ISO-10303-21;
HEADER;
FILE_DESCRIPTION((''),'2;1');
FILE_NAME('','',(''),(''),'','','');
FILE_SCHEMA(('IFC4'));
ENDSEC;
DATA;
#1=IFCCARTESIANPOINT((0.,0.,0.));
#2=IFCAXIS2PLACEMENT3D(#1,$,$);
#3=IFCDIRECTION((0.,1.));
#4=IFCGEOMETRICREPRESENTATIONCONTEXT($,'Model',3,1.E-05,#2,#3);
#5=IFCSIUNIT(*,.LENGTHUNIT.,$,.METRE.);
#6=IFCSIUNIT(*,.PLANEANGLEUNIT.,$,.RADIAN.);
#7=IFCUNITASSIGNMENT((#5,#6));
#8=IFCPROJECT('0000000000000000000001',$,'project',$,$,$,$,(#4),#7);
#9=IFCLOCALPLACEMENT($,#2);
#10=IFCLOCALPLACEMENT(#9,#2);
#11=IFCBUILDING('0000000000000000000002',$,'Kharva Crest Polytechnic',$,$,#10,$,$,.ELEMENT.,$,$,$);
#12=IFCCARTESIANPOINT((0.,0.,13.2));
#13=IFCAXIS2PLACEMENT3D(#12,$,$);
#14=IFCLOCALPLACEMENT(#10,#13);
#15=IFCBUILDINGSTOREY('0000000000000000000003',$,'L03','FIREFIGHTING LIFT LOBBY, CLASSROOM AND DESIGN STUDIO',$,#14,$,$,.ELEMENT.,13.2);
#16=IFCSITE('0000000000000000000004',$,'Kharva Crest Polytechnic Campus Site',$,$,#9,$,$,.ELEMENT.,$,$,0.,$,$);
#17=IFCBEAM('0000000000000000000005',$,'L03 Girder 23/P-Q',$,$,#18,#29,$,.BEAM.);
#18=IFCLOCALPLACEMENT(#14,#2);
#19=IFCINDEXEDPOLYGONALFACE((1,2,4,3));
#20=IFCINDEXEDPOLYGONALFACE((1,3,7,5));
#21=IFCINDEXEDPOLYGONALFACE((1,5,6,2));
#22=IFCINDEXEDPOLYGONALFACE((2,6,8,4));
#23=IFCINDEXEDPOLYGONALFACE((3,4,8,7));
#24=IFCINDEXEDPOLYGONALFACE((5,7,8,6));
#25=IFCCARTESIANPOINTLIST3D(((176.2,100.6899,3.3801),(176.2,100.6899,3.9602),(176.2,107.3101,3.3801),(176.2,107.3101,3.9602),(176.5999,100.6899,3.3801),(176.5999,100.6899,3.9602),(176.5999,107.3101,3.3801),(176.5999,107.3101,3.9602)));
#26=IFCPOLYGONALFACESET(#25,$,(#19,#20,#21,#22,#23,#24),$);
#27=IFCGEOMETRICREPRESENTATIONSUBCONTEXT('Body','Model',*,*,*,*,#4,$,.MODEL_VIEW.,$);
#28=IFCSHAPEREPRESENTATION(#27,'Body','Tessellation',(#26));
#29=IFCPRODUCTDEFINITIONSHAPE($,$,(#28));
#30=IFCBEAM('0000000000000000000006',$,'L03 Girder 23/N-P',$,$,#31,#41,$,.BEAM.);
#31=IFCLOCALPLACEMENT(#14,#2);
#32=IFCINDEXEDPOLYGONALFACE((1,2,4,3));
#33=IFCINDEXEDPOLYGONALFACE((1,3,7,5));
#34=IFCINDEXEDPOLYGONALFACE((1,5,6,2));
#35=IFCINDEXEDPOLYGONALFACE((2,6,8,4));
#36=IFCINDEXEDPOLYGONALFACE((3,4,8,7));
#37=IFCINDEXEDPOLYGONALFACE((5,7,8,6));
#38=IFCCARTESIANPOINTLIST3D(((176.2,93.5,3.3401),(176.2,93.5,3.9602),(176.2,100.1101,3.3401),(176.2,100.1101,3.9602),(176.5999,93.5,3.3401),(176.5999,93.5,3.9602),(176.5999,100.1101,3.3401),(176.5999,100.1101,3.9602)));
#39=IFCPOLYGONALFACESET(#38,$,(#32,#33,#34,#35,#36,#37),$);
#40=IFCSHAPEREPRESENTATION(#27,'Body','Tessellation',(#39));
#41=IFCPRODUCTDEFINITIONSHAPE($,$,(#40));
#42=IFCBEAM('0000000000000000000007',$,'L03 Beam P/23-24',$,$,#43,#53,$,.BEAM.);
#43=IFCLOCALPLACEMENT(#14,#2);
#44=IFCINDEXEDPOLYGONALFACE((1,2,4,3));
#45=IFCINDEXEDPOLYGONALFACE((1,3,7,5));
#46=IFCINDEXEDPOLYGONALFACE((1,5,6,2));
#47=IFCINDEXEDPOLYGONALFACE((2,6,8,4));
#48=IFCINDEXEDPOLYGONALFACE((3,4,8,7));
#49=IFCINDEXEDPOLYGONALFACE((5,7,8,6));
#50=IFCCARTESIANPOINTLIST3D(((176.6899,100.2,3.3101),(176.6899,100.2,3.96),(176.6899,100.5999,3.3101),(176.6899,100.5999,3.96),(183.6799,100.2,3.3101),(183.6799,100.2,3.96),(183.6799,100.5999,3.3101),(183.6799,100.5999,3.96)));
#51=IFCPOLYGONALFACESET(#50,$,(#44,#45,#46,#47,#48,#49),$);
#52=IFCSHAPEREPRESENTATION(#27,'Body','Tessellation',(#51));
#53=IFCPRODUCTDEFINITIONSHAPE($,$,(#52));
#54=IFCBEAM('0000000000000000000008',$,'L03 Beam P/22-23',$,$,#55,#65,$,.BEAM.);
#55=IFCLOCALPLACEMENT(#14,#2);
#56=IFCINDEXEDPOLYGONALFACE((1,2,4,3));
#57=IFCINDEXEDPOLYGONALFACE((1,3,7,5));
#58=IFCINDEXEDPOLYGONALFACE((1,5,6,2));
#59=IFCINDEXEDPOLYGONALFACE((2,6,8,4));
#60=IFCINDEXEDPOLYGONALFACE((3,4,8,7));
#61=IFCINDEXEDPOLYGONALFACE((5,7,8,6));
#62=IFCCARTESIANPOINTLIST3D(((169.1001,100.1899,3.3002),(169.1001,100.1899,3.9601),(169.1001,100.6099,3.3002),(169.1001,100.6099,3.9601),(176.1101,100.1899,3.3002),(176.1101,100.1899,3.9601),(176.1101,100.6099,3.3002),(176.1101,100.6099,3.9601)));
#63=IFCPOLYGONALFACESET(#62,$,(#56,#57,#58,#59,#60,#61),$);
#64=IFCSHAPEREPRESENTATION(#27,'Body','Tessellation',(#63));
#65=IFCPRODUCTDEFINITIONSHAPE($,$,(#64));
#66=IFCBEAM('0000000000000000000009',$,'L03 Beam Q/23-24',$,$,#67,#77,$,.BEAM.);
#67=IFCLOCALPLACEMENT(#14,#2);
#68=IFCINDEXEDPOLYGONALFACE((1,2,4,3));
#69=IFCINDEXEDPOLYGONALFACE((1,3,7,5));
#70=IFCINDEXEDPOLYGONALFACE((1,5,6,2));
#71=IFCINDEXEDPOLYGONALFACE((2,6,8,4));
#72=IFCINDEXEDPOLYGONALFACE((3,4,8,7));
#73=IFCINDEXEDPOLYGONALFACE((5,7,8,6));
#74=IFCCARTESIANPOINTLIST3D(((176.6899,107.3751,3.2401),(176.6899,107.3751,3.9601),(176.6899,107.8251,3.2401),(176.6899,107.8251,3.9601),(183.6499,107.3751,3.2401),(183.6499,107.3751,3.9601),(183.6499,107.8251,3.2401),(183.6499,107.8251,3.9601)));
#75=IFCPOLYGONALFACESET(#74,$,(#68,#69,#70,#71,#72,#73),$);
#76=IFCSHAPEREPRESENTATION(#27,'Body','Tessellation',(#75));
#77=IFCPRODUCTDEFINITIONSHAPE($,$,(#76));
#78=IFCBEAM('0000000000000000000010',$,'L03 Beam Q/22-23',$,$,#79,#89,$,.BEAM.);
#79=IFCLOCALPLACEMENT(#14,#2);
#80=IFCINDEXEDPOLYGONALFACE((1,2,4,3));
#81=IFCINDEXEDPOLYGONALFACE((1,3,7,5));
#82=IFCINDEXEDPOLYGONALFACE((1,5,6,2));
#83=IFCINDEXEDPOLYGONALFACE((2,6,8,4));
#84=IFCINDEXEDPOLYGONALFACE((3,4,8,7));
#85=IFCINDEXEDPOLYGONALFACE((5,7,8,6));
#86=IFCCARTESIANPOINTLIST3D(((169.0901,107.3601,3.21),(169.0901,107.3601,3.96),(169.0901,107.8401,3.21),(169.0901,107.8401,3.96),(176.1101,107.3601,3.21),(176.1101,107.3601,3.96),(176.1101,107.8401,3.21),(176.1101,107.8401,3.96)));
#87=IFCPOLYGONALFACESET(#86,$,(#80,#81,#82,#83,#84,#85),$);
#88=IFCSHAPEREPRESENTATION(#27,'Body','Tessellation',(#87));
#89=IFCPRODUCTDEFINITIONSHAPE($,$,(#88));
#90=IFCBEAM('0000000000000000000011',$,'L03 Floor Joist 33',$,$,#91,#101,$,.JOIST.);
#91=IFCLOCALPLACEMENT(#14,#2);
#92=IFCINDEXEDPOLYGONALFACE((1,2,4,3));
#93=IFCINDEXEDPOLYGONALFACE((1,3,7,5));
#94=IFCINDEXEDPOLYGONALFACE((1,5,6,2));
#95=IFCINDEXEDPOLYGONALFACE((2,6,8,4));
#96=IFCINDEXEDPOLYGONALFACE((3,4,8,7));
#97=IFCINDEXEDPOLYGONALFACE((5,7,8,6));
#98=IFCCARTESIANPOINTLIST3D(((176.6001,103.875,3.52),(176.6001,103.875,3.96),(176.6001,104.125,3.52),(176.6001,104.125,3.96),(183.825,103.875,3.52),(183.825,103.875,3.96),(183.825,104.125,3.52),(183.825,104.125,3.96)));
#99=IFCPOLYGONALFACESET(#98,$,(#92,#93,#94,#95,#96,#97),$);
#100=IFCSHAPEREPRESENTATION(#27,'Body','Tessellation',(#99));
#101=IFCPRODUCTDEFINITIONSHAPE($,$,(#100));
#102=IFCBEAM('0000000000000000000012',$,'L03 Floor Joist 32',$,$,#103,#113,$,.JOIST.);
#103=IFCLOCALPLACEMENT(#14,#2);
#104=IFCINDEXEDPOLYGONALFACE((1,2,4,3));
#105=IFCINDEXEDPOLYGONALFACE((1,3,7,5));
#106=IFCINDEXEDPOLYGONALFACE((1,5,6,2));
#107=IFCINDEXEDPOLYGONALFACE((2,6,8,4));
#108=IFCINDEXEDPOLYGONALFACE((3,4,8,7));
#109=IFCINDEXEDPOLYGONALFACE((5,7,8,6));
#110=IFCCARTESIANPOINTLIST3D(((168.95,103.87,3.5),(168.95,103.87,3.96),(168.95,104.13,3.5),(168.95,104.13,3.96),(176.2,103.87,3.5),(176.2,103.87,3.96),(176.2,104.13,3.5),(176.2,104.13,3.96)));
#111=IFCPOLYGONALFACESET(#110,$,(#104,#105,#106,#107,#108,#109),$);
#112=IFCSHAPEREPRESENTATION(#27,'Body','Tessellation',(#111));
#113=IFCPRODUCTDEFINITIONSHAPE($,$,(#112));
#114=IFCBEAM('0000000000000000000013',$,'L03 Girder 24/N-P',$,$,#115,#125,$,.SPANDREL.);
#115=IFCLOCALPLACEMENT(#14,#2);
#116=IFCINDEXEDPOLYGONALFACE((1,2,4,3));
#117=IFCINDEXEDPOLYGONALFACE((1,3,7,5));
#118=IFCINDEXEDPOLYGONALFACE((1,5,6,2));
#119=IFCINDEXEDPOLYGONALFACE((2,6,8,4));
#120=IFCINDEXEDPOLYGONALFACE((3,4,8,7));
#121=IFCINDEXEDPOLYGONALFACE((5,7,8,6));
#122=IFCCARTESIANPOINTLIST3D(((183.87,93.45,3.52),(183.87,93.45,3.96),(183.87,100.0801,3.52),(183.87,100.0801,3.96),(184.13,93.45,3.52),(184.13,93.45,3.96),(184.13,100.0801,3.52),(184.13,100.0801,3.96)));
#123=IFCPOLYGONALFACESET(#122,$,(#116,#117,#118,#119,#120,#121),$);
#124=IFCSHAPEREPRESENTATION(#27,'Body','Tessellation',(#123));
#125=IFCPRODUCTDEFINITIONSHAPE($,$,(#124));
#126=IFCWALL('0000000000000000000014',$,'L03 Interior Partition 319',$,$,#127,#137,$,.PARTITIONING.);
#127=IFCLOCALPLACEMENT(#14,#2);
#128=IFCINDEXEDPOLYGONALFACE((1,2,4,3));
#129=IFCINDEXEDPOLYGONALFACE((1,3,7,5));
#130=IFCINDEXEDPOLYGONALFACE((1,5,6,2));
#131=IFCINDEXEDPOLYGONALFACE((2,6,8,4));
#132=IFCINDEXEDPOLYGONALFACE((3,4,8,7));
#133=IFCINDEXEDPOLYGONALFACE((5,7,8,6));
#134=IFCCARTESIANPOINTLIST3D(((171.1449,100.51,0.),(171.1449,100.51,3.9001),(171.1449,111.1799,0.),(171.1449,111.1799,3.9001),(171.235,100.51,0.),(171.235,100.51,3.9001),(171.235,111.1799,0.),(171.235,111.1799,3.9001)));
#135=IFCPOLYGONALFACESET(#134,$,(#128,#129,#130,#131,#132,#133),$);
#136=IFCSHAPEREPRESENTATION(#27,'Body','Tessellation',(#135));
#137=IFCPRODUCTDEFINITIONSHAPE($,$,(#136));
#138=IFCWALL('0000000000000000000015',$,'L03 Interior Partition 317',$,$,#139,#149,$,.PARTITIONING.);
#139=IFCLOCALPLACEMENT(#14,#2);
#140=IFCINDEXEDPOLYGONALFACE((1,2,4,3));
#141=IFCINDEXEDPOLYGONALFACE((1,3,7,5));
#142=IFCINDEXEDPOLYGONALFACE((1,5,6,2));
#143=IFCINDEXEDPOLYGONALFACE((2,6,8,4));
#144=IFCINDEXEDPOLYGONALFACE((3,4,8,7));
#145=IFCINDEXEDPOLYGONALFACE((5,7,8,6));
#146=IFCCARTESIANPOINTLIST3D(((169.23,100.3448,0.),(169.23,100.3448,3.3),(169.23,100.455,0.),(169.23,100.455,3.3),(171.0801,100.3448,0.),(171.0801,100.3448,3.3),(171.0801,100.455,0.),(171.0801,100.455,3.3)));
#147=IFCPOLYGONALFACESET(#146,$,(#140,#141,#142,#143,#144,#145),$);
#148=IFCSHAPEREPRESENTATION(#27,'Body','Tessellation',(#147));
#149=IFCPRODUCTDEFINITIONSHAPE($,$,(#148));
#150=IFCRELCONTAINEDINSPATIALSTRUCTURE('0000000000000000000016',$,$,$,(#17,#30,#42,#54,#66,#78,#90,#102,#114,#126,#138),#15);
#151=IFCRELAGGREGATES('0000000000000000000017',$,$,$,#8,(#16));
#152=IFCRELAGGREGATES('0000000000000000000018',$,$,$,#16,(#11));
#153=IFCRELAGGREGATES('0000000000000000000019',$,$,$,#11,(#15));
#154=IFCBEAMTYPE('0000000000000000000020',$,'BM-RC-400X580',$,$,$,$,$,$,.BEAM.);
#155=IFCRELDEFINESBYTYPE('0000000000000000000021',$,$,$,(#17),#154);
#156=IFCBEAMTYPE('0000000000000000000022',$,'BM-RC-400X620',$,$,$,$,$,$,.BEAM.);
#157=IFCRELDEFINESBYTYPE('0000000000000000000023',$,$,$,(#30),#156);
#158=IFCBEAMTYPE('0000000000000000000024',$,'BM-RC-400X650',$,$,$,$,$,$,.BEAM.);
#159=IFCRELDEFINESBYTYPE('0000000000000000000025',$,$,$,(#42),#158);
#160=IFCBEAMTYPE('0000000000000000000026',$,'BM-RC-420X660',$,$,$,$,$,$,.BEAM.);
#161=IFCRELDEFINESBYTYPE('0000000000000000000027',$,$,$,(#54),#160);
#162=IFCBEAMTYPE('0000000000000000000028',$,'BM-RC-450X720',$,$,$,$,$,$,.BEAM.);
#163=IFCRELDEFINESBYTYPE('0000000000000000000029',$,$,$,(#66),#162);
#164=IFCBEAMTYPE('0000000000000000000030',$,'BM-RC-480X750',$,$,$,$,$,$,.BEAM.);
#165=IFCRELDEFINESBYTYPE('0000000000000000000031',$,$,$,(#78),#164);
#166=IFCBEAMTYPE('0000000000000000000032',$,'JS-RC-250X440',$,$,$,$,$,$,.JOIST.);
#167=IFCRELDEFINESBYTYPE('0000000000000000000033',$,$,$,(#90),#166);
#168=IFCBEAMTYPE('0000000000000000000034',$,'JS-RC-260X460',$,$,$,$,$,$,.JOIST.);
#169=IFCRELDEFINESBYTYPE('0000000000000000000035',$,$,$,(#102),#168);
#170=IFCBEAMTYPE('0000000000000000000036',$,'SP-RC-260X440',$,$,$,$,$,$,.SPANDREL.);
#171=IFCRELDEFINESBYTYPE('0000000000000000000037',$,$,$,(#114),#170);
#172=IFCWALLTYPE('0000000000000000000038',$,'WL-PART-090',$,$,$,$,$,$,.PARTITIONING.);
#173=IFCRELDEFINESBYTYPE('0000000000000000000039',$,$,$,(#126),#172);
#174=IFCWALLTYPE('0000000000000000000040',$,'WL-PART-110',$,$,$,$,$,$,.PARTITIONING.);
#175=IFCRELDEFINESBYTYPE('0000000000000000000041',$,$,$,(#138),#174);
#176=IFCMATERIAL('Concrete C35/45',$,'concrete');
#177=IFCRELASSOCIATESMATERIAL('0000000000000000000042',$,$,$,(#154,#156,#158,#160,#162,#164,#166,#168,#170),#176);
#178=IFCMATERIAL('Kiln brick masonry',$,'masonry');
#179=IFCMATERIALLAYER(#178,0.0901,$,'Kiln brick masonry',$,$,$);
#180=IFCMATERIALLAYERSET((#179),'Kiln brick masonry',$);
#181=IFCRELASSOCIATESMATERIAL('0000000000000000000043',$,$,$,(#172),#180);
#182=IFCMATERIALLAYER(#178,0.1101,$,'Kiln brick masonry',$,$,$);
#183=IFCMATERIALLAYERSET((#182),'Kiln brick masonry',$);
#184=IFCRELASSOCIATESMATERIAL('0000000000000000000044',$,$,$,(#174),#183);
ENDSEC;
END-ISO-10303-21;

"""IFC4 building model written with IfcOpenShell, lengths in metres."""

from ifc_helpers import new_model, si_unit, direction, frame, frame_2d, origin, origin_2d, place, context, subcontext, project, spatial, rectangle, extrude, material, layer, layer_set, material_profile, profile_set, type_object, element, save


model = new_model("IFC4")

# Units and contexts
model_context = context("Model", 3, precision=1e-05, world=origin(), true_north=direction((0.0, 1.0)))
body_context = subcontext(model_context, "Body", "Model", "MODEL_VIEW")
ifc_project = project(units=[si_unit("LENGTHUNIT", "METRE"), si_unit("PLANEANGLEUNIT", "RADIAN")], contexts=[model_context])

# Site, building, storey
site_placement = place(None, origin())
site = spatial("IfcSite", under=ifc_project, at=site_placement, Name="Kharva Crest Polytechnic Campus Site", CompositionType="ELEMENT", RefElevation=0.0)
building_placement = place(site_placement, origin())
building = spatial("IfcBuilding", under=site, at=building_placement, Name="Kharva Crest Polytechnic", CompositionType="ELEMENT")
storey_placement = place(building_placement, frame((0.0, 0.0, 13.2)))
storey = spatial("IfcBuildingStorey", under=building, at=storey_placement, Name="L03", Description="FIREFIGHTING LIFT LOBBY, CLASSROOM AND DESIGN STUDIO", CompositionType="ELEMENT", Elevation=13.2)

# Beams
ifc_material_1 = material(Name="Concrete C35/45", Category="concrete")
ifc_material_profile_1 = material_profile(ifc_material_1, rectangle(XDim=0.3999, YDim=0.5801, at=origin_2d()), Name="RECT 400 X 580")
ifc_profile_set_1 = profile_set([ifc_material_profile_1], Name="Concrete C35/45")
beam_type_1 = type_object("IfcBeamType", Name="BM-RC-400X580", PredefinedType="BEAM", material=ifc_profile_set_1)
beam_1_placement = place(storey_placement, frame((176.3999, 100.6899, 3.6702), z_axis=(0.0, 1.0, 0.0), x_axis=(-1.0, 0.0, 0.0)))
element("IfcBeam", 1, at=beam_1_placement, inside=storey, type_object=beam_type_1, Name="L03 Girder 23/P-Q", PredefinedType="BEAM", context=body_context, shape_type="SweptSolid", body=[
    extrude(rectangle(XDim=0.3999, YDim=0.5801, at=origin_2d()), origin(), (0.0, 0.0, 1.0), 6.6201),
])
ifc_material_profile_2 = material_profile(ifc_material_1, rectangle(XDim=0.3999, YDim=0.6201, at=origin_2d()), Name="RECT 400 X 620")
ifc_profile_set_2 = profile_set([ifc_material_profile_2], Name="Concrete C35/45")
beam_type_2 = type_object("IfcBeamType", Name="BM-RC-400X620", PredefinedType="BEAM", material=ifc_profile_set_2)
beam_2_placement = place(storey_placement, frame((176.3999, 93.5, 3.6501), z_axis=(0.0, 1.0, 0.0), x_axis=(-1.0, 0.0, 0.0)))
element("IfcBeam", 2, at=beam_2_placement, inside=storey, type_object=beam_type_2, Name="L03 Girder 23/N-P", PredefinedType="BEAM", context=body_context, shape_type="SweptSolid", body=[
    extrude(rectangle(XDim=0.3999, YDim=0.6201, at=origin_2d()), origin(), (0.0, 0.0, 1.0), 6.6101),
])
ifc_material_profile_3 = material_profile(ifc_material_1, rectangle(XDim=0.3999, YDim=0.6499, at=origin_2d()), Name="RECT 400 X 650")
ifc_profile_set_3 = profile_set([ifc_material_profile_3], Name="Concrete C35/45")
beam_type_3 = type_object("IfcBeamType", Name="BM-RC-400X650", PredefinedType="BEAM", material=ifc_profile_set_3)
beam_3_placement = place(storey_placement, frame((176.6899, 100.3999, 3.635), z_axis=(1.0, 0.0, 0.0), x_axis=(0.0, 1.0, 0.0)))
element("IfcBeam", 3, at=beam_3_placement, inside=storey, type_object=beam_type_3, Name="L03 Beam P/23-24", PredefinedType="BEAM", context=body_context, shape_type="SweptSolid", body=[
    extrude(rectangle(XDim=0.3999, YDim=0.6499, at=origin_2d()), origin(), (0.0, 0.0, 1.0), 6.99),
])
ifc_material_profile_4 = material_profile(ifc_material_1, rectangle(XDim=0.4199, YDim=0.6599, at=origin_2d()), Name="RECT 420 X 660")
ifc_profile_set_4 = profile_set([ifc_material_profile_4], Name="Concrete C35/45")
beam_type_4 = type_object("IfcBeamType", Name="BM-RC-420X660", PredefinedType="BEAM", material=ifc_profile_set_4)
beam_4_placement = place(storey_placement, frame((169.1001, 100.3999, 3.6301), z_axis=(1.0, 0.0, 0.0), x_axis=(0.0, 1.0, 0.0)))
element("IfcBeam", 4, at=beam_4_placement, inside=storey, type_object=beam_type_4, Name="L03 Beam P/22-23", PredefinedType="BEAM", context=body_context, shape_type="SweptSolid", body=[
    extrude(rectangle(XDim=0.4199, YDim=0.6599, at=origin_2d()), origin(), (0.0, 0.0, 1.0), 7.01),
])
ifc_material_profile_5 = material_profile(ifc_material_1, rectangle(XDim=0.45, YDim=0.72, at=origin_2d()), Name="RECT 450 X 720")
ifc_profile_set_5 = profile_set([ifc_material_profile_5], Name="Concrete C35/45")
beam_type_5 = type_object("IfcBeamType", Name="BM-RC-450X720", PredefinedType="BEAM", material=ifc_profile_set_5)
beam_5_placement = place(storey_placement, frame((176.6899, 107.6001, 3.6001), z_axis=(1.0, 0.0, 0.0), x_axis=(0.0, 1.0, 0.0)))
element("IfcBeam", 5, at=beam_5_placement, inside=storey, type_object=beam_type_5, Name="L03 Beam Q/23-24", PredefinedType="BEAM", context=body_context, shape_type="SweptSolid", body=[
    extrude(rectangle(XDim=0.45, YDim=0.72, at=origin_2d()), origin(), (0.0, 0.0, 1.0), 6.96),
])
ifc_material_profile_6 = material_profile(ifc_material_1, rectangle(XDim=0.48, YDim=0.75, at=origin_2d()), Name="RECT 480 X 750")
ifc_profile_set_6 = profile_set([ifc_material_profile_6], Name="Concrete C35/45")
beam_type_6 = type_object("IfcBeamType", Name="BM-RC-480X750", PredefinedType="BEAM", material=ifc_profile_set_6)
beam_6_placement = place(storey_placement, frame((169.0901, 107.6001, 3.585), z_axis=(1.0, 0.0, 0.0), x_axis=(0.0, 1.0, 0.0)))
element("IfcBeam", 6, at=beam_6_placement, inside=storey, type_object=beam_type_6, Name="L03 Beam Q/22-23", PredefinedType="BEAM", context=body_context, shape_type="SweptSolid", body=[
    extrude(rectangle(XDim=0.48, YDim=0.75, at=origin_2d()), origin(), (0.0, 0.0, 1.0), 7.02),
])
ifc_material_profile_7 = material_profile(ifc_material_1, rectangle(XDim=0.25, YDim=0.4399, at=origin_2d()), Name="RECT 250 X 440")
ifc_profile_set_7 = profile_set([ifc_material_profile_7], Name="Concrete C35/45")
beam_type_7 = type_object("IfcBeamType", Name="JS-RC-250X440", PredefinedType="JOIST", material=ifc_profile_set_7)
beam_7_placement = place(storey_placement, frame((176.6001, 104.0, 3.74), z_axis=(1.0, 0.0, 0.0), x_axis=(0.0, 1.0, 0.0)))
element("IfcBeam", 7, at=beam_7_placement, inside=storey, type_object=beam_type_7, Name="L03 Floor Joist 33", PredefinedType="JOIST", context=body_context, shape_type="SweptSolid", body=[
    extrude(rectangle(XDim=0.25, YDim=0.4399, at=origin_2d()), origin(), (0.0, 0.0, 1.0), 7.2249),
])
ifc_material_profile_8 = material_profile(ifc_material_1, rectangle(XDim=0.26, YDim=0.46, at=origin_2d()), Name="RECT 260 X 460")
ifc_profile_set_8 = profile_set([ifc_material_profile_8], Name="Concrete C35/45")
beam_type_8 = type_object("IfcBeamType", Name="JS-RC-260X460", PredefinedType="JOIST", material=ifc_profile_set_8)
beam_8_placement = place(storey_placement, frame((168.95, 104.0, 3.73), z_axis=(1.0, 0.0, 0.0), x_axis=(0.0, 1.0, 0.0)))
element("IfcBeam", 8, at=beam_8_placement, inside=storey, type_object=beam_type_8, Name="L03 Floor Joist 32", PredefinedType="JOIST", context=body_context, shape_type="SweptSolid", body=[
    extrude(rectangle(XDim=0.26, YDim=0.46, at=origin_2d()), origin(), (0.0, 0.0, 1.0), 7.25),
])
ifc_material_profile_9 = material_profile(ifc_material_1, rectangle(XDim=0.26, YDim=0.4399, at=origin_2d()), Name="RECT 260 X 440")
ifc_profile_set_9 = profile_set([ifc_material_profile_9], Name="Concrete C35/45")
beam_type_9 = type_object("IfcBeamType", Name="SP-RC-260X440", PredefinedType="SPANDREL", material=ifc_profile_set_9)
beam_9_placement = place(storey_placement, frame((184.0, 93.45, 3.74), z_axis=(0.0, 1.0, 0.0), x_axis=(-1.0, 0.0, 0.0)))
element("IfcBeam", 9, at=beam_9_placement, inside=storey, type_object=beam_type_9, Name="L03 Girder 24/N-P", PredefinedType="SPANDREL", context=body_context, shape_type="SweptSolid", body=[
    extrude(rectangle(XDim=0.26, YDim=0.4399, at=origin_2d()), origin(), (0.0, 0.0, 1.0), 6.6301),
])

# Walls
ifc_material_2 = material(Name="Kiln brick masonry", Category="masonry")
ifc_layer_1 = layer(ifc_material_2, 0.0901, Name="Kiln brick masonry")
ifc_layer_set_1 = layer_set([ifc_layer_1], Name="Kiln brick masonry")
wall_type_1 = type_object("IfcWallType", Name="WL-PART-090", PredefinedType="PARTITIONING", material=ifc_layer_set_1)
wall_1_placement = place(storey_placement, frame((171.1899, 100.51, 0.0), z_axis=(0.0, 0.0, 1.0), x_axis=(0.0, 1.0, 0.0)))
element("IfcWall", 10, at=wall_1_placement, inside=storey, type_object=wall_type_1, Name="L03 Interior Partition 319", PredefinedType="PARTITIONING", context=body_context, shape_type="SweptSolid", body=[
    extrude(rectangle(XDim=10.6699, YDim=0.0901, at=frame_2d((5.335, 0.0))), origin(), (0.0, 0.0, 1.0), 3.9001),
])
ifc_layer_2 = layer(ifc_material_2, 0.1101, Name="Kiln brick masonry")
ifc_layer_set_2 = layer_set([ifc_layer_2], Name="Kiln brick masonry")
wall_type_2 = type_object("IfcWallType", Name="WL-PART-110", PredefinedType="PARTITIONING", material=ifc_layer_set_2)
wall_2_placement = place(storey_placement, frame((169.23, 100.3999, 0.0), z_axis=(0.0, 0.0, 1.0), x_axis=(1.0, 0.0, 0.0)))
element("IfcWall", 11, at=wall_2_placement, inside=storey, type_object=wall_type_2, Name="L03 Interior Partition 317", PredefinedType="PARTITIONING", context=body_context, shape_type="SweptSolid", body=[
    extrude(rectangle(XDim=1.8501, YDim=0.1101, at=frame_2d((0.925, 0.0))), origin(), (0.0, 0.0, 1.0), 3.3),
])

save(model, "model.ifc")
